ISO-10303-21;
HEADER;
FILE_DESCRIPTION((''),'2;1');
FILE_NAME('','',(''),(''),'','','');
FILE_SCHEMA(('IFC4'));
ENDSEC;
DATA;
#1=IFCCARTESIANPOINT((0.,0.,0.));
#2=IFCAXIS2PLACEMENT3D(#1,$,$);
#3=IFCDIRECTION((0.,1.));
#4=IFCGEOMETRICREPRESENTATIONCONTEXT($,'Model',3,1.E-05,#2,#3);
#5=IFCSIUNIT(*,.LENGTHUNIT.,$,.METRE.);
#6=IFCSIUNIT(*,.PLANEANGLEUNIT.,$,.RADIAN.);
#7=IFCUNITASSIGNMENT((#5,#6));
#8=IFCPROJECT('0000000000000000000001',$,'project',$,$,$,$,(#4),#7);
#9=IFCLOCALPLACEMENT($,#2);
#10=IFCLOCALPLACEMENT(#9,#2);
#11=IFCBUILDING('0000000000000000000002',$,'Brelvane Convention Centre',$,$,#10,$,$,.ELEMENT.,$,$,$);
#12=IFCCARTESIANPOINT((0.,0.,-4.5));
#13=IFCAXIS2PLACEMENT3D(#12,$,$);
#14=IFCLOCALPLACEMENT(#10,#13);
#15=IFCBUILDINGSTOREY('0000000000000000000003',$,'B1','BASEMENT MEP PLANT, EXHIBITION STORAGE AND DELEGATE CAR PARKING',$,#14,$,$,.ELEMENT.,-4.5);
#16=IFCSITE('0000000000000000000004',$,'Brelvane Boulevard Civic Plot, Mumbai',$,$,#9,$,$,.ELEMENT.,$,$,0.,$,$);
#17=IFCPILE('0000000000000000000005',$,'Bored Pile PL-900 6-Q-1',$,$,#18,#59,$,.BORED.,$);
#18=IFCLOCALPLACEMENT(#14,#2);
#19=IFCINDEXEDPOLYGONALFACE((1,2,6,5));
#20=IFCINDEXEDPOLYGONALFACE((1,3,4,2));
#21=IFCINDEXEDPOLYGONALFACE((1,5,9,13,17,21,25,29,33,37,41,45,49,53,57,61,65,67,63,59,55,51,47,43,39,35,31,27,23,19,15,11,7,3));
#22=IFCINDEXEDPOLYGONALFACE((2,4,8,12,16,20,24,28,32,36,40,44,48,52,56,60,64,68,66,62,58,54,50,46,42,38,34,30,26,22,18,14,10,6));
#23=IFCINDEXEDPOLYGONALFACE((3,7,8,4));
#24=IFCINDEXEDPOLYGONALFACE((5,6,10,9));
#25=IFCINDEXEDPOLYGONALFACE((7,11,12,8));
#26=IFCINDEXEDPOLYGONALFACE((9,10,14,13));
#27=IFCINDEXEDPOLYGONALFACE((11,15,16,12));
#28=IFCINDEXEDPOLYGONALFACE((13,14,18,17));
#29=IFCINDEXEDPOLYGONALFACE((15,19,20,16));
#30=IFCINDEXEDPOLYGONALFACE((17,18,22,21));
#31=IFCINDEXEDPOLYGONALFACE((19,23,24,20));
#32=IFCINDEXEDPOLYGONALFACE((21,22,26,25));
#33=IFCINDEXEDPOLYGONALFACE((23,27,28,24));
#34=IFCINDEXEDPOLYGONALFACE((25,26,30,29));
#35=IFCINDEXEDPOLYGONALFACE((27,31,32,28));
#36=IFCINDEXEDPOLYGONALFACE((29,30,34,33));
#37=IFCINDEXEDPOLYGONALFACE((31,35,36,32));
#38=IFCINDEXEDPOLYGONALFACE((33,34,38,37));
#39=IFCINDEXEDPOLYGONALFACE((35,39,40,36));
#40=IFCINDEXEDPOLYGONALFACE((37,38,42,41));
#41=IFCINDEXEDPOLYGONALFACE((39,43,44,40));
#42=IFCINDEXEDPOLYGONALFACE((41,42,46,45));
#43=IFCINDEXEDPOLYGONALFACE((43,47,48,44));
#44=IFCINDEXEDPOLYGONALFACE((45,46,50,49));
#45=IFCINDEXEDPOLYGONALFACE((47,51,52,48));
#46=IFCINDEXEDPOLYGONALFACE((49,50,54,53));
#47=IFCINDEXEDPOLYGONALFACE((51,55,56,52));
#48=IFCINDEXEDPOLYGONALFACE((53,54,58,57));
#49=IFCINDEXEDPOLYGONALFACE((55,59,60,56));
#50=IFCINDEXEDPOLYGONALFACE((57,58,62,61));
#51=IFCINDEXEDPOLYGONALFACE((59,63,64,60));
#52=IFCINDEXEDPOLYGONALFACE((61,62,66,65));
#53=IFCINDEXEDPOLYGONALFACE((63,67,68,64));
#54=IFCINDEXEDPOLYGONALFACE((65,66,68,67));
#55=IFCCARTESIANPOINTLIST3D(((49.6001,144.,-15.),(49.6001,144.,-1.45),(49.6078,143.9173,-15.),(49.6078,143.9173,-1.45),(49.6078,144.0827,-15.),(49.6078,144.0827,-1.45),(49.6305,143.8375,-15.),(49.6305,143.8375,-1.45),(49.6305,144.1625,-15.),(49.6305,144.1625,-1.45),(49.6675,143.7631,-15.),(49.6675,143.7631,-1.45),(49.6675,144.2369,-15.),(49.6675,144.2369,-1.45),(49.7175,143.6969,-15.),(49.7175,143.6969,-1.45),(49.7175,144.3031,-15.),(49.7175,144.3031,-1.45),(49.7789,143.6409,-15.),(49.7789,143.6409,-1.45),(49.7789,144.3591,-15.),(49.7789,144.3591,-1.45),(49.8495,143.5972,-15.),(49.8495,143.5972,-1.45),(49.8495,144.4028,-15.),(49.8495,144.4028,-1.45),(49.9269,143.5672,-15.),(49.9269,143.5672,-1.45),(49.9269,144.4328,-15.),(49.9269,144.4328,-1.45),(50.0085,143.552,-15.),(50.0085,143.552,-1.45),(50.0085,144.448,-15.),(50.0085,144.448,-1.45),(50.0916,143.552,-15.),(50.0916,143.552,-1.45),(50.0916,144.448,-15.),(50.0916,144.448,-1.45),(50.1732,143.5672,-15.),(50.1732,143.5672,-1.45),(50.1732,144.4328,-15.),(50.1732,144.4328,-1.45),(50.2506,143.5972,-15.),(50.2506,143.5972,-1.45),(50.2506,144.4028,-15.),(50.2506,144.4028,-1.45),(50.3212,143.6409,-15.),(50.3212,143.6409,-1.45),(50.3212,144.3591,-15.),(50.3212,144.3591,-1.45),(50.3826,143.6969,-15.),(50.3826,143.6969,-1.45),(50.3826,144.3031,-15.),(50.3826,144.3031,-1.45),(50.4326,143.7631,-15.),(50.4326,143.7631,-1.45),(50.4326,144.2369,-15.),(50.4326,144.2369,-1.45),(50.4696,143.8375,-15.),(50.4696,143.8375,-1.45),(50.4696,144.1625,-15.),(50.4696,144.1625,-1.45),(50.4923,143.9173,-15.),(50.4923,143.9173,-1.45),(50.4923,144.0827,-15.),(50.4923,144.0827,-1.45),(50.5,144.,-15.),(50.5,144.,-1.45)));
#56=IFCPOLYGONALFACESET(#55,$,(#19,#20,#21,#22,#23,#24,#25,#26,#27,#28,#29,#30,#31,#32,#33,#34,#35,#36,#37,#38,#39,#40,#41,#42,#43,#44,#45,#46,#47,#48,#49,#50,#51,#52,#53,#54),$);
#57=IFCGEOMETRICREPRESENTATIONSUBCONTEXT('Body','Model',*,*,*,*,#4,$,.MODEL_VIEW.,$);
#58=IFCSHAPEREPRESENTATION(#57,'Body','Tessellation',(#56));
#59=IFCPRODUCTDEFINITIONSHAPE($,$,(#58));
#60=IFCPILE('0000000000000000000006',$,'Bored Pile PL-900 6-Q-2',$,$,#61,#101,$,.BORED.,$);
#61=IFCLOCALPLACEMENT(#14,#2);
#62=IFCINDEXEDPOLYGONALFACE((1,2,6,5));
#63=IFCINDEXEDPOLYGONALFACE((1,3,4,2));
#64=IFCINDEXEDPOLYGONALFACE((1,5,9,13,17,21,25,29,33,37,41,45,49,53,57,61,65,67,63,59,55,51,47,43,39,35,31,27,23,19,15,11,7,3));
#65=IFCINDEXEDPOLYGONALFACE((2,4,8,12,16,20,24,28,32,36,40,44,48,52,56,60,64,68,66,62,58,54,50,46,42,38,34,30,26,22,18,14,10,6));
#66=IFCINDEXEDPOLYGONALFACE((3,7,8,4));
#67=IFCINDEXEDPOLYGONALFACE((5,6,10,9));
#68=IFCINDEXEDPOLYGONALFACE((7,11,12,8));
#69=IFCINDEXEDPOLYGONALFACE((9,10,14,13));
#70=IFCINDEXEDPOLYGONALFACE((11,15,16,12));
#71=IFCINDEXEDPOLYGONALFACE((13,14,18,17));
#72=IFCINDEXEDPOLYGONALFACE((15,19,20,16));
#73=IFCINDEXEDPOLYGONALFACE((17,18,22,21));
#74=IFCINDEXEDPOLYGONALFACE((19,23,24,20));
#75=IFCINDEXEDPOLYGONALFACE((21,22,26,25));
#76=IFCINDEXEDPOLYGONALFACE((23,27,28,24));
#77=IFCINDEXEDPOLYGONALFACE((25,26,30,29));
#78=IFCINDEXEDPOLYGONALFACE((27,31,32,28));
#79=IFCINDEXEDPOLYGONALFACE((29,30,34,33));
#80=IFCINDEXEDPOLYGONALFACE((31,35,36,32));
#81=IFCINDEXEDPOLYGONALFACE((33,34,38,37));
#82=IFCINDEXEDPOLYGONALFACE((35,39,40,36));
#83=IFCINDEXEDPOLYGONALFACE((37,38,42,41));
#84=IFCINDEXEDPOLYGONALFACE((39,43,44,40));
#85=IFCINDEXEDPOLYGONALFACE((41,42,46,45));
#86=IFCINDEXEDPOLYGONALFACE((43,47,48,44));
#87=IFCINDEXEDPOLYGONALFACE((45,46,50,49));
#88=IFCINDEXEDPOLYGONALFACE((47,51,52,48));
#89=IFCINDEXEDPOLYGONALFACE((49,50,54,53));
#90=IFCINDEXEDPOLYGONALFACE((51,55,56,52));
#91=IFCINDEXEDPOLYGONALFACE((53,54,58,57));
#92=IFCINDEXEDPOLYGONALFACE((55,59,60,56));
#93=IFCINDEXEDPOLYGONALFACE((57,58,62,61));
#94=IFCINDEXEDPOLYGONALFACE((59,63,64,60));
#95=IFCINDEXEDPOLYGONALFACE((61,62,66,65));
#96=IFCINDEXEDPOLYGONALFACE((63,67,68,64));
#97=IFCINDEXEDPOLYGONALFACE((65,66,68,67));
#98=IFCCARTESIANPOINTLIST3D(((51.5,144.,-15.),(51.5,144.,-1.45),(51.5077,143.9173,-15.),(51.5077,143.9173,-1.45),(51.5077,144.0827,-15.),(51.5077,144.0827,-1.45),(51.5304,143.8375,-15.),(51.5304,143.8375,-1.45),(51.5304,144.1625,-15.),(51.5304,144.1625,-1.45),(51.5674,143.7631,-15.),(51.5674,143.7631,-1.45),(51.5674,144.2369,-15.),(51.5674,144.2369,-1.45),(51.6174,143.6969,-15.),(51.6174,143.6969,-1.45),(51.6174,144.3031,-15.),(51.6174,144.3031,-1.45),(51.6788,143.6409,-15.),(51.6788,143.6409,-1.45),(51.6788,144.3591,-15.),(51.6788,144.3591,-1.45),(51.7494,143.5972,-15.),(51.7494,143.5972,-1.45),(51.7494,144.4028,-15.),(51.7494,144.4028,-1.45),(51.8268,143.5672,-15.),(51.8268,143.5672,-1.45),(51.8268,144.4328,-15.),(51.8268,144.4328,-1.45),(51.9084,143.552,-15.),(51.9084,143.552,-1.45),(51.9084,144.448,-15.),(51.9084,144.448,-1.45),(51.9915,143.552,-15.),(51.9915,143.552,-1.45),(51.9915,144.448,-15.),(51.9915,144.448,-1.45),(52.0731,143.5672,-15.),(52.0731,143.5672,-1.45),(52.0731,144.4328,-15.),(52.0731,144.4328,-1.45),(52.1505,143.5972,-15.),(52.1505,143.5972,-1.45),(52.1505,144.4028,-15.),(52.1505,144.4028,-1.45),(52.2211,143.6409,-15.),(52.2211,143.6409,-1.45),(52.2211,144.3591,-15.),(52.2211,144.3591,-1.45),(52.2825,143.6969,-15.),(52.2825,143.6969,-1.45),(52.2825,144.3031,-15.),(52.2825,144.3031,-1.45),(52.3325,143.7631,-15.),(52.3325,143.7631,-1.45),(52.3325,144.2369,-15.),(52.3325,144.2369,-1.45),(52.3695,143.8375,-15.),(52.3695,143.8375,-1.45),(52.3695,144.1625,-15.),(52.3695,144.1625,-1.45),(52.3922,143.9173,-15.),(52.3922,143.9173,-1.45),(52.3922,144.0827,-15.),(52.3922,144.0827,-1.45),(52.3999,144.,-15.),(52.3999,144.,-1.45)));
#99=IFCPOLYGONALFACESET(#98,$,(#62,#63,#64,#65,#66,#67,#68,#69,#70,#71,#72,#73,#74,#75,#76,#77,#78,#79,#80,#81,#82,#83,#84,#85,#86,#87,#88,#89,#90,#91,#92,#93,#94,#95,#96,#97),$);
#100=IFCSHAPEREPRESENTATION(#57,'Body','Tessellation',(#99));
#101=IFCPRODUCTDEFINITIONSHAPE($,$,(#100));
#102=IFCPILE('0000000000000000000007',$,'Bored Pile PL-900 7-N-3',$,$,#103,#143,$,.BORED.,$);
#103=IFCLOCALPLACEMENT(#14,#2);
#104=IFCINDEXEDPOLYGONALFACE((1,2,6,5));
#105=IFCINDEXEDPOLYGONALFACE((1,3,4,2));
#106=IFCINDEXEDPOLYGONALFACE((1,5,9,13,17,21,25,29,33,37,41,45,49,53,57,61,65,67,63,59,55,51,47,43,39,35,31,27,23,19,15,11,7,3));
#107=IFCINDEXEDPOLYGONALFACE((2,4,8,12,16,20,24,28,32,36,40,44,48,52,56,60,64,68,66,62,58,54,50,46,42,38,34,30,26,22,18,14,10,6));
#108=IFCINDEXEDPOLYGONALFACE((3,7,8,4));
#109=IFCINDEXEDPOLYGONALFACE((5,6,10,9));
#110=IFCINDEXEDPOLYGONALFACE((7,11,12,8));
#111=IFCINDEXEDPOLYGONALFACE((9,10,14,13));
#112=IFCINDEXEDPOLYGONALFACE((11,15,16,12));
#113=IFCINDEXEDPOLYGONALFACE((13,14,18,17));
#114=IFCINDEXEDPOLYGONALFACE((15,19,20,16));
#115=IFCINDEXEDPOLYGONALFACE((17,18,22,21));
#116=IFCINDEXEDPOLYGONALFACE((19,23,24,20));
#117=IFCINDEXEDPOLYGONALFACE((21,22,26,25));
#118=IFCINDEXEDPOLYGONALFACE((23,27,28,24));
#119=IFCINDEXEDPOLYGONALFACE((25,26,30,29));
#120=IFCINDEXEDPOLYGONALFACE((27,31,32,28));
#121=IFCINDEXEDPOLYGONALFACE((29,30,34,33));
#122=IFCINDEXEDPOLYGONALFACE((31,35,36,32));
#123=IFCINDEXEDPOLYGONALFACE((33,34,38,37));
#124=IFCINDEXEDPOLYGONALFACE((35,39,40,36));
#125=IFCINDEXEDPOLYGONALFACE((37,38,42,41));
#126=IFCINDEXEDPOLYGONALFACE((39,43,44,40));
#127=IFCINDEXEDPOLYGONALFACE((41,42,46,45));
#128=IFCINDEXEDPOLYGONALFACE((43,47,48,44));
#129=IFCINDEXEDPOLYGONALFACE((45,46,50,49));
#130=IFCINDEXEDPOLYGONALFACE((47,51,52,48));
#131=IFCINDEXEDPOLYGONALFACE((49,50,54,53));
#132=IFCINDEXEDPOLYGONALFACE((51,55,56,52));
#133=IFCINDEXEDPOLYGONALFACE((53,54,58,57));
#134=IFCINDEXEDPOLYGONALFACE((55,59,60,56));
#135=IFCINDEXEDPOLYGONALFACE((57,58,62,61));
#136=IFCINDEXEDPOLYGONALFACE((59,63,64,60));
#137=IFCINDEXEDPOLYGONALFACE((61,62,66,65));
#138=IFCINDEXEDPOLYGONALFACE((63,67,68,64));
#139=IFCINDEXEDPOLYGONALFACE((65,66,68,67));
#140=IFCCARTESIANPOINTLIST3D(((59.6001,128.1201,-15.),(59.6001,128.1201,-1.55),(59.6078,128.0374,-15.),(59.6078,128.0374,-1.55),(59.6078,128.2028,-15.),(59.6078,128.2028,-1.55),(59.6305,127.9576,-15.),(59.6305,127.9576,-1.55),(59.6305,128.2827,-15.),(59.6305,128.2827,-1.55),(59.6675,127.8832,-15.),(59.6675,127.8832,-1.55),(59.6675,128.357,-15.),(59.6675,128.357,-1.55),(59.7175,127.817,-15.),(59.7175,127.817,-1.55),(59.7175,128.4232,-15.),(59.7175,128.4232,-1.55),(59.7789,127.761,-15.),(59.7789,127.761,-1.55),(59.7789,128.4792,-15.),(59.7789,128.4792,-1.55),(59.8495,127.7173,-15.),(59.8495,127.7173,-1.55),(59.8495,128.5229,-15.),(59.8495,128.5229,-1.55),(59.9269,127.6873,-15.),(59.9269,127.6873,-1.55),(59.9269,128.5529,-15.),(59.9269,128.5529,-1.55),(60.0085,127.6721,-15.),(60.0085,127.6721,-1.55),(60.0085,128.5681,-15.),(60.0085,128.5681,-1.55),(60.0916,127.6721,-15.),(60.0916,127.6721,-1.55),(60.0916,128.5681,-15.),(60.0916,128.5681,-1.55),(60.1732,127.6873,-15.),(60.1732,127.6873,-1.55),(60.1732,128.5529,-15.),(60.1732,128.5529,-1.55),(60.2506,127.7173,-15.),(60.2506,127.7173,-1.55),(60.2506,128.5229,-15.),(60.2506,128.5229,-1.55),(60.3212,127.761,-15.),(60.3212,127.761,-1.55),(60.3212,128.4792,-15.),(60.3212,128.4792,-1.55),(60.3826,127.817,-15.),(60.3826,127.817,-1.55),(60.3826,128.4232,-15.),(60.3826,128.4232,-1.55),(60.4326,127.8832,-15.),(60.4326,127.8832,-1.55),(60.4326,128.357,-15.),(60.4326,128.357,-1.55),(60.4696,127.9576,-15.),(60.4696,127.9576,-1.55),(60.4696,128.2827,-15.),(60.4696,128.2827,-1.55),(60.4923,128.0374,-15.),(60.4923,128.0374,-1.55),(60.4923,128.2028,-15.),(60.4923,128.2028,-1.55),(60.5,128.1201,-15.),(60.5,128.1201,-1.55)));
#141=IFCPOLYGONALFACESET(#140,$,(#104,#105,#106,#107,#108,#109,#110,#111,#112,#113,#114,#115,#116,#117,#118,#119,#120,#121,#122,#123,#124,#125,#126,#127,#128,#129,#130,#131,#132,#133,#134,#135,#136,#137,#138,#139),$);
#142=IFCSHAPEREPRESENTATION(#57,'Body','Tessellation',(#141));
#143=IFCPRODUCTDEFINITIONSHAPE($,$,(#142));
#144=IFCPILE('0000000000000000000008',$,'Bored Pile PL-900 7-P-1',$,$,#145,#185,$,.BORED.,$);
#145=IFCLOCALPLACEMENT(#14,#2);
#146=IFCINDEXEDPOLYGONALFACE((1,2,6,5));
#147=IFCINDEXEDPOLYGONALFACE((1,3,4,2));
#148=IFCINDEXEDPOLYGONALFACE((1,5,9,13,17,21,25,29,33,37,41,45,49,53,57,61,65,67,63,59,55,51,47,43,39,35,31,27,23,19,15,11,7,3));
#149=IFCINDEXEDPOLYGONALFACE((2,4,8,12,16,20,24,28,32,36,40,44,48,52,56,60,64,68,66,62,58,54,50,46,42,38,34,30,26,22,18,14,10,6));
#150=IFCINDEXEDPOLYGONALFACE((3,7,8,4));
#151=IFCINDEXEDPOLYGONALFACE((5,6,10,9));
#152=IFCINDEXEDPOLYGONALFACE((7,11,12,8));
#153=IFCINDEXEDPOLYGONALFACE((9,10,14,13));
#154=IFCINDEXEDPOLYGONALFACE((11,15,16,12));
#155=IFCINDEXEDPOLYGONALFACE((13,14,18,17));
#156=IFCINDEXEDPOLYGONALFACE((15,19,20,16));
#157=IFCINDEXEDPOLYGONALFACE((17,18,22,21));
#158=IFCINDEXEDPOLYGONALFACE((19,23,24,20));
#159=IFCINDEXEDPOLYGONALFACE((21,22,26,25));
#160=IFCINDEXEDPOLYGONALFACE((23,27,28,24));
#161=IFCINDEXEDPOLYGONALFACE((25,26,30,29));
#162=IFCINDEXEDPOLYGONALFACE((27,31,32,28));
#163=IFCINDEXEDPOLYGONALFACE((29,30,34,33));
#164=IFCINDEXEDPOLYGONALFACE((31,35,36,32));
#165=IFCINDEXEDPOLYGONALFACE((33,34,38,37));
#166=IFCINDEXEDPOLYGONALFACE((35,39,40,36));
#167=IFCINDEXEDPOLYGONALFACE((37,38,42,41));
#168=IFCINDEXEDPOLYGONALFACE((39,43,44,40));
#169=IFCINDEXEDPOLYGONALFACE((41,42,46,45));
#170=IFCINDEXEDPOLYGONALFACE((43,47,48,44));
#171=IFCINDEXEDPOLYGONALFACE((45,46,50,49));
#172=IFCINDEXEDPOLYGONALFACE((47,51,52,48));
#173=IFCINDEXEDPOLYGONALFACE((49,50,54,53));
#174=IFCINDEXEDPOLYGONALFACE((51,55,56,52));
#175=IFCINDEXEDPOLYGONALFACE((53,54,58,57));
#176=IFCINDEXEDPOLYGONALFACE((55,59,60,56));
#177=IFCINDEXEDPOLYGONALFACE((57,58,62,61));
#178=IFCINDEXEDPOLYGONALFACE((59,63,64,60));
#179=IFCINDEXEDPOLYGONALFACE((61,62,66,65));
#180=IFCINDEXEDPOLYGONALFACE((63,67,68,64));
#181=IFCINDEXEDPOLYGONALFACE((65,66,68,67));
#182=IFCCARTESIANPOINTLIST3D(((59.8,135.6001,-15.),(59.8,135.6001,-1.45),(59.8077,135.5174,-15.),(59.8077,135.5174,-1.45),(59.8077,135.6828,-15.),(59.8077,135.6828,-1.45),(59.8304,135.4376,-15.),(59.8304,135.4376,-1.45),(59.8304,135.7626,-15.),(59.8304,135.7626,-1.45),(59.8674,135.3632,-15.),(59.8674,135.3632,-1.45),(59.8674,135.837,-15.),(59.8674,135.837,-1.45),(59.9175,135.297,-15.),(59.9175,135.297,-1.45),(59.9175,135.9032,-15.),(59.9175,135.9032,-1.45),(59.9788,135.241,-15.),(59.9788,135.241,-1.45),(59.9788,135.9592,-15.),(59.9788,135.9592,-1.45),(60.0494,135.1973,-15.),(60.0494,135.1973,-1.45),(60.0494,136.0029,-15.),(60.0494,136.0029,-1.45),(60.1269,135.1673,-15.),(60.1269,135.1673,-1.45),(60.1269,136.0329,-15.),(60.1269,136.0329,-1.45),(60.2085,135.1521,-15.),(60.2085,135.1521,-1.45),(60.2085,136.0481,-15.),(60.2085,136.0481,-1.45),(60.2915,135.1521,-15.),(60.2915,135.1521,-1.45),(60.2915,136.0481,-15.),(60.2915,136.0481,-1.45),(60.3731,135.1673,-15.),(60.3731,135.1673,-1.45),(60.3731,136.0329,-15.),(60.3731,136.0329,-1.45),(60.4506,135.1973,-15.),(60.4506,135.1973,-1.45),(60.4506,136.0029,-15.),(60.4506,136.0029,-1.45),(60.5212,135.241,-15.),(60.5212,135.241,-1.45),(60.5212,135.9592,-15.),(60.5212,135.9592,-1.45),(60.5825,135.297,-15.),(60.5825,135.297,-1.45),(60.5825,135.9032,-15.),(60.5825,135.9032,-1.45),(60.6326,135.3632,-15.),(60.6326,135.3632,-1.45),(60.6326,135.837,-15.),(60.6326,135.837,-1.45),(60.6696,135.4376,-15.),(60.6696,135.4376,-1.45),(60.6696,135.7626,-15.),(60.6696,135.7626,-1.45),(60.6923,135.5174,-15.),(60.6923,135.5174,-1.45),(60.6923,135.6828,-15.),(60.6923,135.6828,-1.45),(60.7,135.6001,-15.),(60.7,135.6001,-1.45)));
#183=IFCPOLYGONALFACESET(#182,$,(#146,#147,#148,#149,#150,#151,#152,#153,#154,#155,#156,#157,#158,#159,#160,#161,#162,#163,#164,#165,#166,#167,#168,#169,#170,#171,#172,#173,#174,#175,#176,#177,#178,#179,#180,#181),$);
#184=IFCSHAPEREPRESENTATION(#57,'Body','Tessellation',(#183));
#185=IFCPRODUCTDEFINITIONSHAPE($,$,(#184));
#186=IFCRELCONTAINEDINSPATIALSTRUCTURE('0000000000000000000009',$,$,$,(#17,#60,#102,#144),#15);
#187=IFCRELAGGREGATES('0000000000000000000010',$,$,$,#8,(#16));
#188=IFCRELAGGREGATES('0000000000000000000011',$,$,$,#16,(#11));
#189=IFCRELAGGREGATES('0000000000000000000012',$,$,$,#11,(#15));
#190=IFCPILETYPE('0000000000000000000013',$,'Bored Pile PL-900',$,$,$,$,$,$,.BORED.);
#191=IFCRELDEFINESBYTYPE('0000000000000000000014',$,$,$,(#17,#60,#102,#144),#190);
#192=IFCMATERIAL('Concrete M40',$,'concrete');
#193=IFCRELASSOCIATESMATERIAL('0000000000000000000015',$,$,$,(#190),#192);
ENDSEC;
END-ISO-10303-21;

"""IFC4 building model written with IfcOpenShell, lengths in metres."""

from ifc_helpers import new_model, si_unit, direction, frame, origin, origin_2d, place, context, subcontext, project, spatial, circle, extrude, material, material_profile, profile_set, type_object, element, save


model = new_model("IFC4")

# Units and contexts
model_context = context("Model", 3, precision=1e-05, world=origin(), true_north=direction((0.0, 1.0)))
body_context = subcontext(model_context, "Body", "Model", "MODEL_VIEW")
ifc_project = project(units=[si_unit("LENGTHUNIT", "METRE"), si_unit("PLANEANGLEUNIT", "RADIAN")], contexts=[model_context])

# Site, building, storey
site_placement = place(None, origin())
site = spatial("IfcSite", under=ifc_project, at=site_placement, Name="Brelvane Boulevard Civic Plot, Mumbai", CompositionType="ELEMENT", RefElevation=0.0)
building_placement = place(site_placement, origin())
building = spatial("IfcBuilding", under=site, at=building_placement, Name="Brelvane Convention Centre", CompositionType="ELEMENT")
storey_placement = place(building_placement, frame((0.0, 0.0, -4.5)))
storey = spatial("IfcBuildingStorey", under=building, at=storey_placement, Name="B1", Description="BASEMENT MEP PLANT, EXHIBITION STORAGE AND DELEGATE CAR PARKING", CompositionType="ELEMENT", Elevation=-4.5)

# Piles
ifc_material_1 = material(Name="Concrete M40", Category="concrete")
ifc_material_profile_1 = material_profile(ifc_material_1, circle(Radius=0.45, at=origin_2d()), Name="PILE D900")
ifc_profile_set_1 = profile_set([ifc_material_profile_1], Name="Concrete M40")
pile_type = type_object("IfcPileType", Name="Bored Pile PL-900", PredefinedType="BORED", material=ifc_profile_set_1)
for number, where, z_axis, x_axis, name in (
    (1, (50.05, 144.0, -1.45), (0.0, 0.0, -1.0), (1.0, 0.0, 0.0), "Bored Pile PL-900 6-Q-1"),
    (2, (51.95, 144.0, -1.45), (0.0, 0.0, -1.0), (1.0, 0.0, 0.0), "Bored Pile PL-900 6-Q-2"),
):
    element("IfcPile", number, at=place(storey_placement, frame(where, z_axis=z_axis, x_axis=x_axis)), inside=storey, type_object=pile_type, Name=name, PredefinedType="BORED", context=body_context, shape_type="SweptSolid", body=[
        extrude(circle(Radius=0.45, at=origin_2d()), origin(), (0.0, 0.0, 1.0), 13.55),
    ])
pile_1_placement = place(storey_placement, frame((60.05, 128.1201, -1.55), z_axis=(0.0, 0.0, -1.0), x_axis=(1.0, 0.0, 0.0)))
element("IfcPile", 3, at=pile_1_placement, inside=storey, type_object=pile_type, Name="Bored Pile PL-900 7-N-3", PredefinedType="BORED", context=body_context, shape_type="SweptSolid", body=[
    extrude(circle(Radius=0.45, at=origin_2d()), origin(), (0.0, 0.0, 1.0), 13.45),
])
pile_2_placement = place(storey_placement, frame((60.25, 135.6001, -1.45), z_axis=(0.0, 0.0, -1.0), x_axis=(1.0, 0.0, 0.0)))
element("IfcPile", 4, at=pile_2_placement, inside=storey, type_object=pile_type, Name="Bored Pile PL-900 7-P-1", PredefinedType="BORED", context=body_context, shape_type="SweptSolid", body=[
    extrude(circle(Radius=0.45, at=origin_2d()), origin(), (0.0, 0.0, 1.0), 13.55),
])

save(model, "model.ifc")
